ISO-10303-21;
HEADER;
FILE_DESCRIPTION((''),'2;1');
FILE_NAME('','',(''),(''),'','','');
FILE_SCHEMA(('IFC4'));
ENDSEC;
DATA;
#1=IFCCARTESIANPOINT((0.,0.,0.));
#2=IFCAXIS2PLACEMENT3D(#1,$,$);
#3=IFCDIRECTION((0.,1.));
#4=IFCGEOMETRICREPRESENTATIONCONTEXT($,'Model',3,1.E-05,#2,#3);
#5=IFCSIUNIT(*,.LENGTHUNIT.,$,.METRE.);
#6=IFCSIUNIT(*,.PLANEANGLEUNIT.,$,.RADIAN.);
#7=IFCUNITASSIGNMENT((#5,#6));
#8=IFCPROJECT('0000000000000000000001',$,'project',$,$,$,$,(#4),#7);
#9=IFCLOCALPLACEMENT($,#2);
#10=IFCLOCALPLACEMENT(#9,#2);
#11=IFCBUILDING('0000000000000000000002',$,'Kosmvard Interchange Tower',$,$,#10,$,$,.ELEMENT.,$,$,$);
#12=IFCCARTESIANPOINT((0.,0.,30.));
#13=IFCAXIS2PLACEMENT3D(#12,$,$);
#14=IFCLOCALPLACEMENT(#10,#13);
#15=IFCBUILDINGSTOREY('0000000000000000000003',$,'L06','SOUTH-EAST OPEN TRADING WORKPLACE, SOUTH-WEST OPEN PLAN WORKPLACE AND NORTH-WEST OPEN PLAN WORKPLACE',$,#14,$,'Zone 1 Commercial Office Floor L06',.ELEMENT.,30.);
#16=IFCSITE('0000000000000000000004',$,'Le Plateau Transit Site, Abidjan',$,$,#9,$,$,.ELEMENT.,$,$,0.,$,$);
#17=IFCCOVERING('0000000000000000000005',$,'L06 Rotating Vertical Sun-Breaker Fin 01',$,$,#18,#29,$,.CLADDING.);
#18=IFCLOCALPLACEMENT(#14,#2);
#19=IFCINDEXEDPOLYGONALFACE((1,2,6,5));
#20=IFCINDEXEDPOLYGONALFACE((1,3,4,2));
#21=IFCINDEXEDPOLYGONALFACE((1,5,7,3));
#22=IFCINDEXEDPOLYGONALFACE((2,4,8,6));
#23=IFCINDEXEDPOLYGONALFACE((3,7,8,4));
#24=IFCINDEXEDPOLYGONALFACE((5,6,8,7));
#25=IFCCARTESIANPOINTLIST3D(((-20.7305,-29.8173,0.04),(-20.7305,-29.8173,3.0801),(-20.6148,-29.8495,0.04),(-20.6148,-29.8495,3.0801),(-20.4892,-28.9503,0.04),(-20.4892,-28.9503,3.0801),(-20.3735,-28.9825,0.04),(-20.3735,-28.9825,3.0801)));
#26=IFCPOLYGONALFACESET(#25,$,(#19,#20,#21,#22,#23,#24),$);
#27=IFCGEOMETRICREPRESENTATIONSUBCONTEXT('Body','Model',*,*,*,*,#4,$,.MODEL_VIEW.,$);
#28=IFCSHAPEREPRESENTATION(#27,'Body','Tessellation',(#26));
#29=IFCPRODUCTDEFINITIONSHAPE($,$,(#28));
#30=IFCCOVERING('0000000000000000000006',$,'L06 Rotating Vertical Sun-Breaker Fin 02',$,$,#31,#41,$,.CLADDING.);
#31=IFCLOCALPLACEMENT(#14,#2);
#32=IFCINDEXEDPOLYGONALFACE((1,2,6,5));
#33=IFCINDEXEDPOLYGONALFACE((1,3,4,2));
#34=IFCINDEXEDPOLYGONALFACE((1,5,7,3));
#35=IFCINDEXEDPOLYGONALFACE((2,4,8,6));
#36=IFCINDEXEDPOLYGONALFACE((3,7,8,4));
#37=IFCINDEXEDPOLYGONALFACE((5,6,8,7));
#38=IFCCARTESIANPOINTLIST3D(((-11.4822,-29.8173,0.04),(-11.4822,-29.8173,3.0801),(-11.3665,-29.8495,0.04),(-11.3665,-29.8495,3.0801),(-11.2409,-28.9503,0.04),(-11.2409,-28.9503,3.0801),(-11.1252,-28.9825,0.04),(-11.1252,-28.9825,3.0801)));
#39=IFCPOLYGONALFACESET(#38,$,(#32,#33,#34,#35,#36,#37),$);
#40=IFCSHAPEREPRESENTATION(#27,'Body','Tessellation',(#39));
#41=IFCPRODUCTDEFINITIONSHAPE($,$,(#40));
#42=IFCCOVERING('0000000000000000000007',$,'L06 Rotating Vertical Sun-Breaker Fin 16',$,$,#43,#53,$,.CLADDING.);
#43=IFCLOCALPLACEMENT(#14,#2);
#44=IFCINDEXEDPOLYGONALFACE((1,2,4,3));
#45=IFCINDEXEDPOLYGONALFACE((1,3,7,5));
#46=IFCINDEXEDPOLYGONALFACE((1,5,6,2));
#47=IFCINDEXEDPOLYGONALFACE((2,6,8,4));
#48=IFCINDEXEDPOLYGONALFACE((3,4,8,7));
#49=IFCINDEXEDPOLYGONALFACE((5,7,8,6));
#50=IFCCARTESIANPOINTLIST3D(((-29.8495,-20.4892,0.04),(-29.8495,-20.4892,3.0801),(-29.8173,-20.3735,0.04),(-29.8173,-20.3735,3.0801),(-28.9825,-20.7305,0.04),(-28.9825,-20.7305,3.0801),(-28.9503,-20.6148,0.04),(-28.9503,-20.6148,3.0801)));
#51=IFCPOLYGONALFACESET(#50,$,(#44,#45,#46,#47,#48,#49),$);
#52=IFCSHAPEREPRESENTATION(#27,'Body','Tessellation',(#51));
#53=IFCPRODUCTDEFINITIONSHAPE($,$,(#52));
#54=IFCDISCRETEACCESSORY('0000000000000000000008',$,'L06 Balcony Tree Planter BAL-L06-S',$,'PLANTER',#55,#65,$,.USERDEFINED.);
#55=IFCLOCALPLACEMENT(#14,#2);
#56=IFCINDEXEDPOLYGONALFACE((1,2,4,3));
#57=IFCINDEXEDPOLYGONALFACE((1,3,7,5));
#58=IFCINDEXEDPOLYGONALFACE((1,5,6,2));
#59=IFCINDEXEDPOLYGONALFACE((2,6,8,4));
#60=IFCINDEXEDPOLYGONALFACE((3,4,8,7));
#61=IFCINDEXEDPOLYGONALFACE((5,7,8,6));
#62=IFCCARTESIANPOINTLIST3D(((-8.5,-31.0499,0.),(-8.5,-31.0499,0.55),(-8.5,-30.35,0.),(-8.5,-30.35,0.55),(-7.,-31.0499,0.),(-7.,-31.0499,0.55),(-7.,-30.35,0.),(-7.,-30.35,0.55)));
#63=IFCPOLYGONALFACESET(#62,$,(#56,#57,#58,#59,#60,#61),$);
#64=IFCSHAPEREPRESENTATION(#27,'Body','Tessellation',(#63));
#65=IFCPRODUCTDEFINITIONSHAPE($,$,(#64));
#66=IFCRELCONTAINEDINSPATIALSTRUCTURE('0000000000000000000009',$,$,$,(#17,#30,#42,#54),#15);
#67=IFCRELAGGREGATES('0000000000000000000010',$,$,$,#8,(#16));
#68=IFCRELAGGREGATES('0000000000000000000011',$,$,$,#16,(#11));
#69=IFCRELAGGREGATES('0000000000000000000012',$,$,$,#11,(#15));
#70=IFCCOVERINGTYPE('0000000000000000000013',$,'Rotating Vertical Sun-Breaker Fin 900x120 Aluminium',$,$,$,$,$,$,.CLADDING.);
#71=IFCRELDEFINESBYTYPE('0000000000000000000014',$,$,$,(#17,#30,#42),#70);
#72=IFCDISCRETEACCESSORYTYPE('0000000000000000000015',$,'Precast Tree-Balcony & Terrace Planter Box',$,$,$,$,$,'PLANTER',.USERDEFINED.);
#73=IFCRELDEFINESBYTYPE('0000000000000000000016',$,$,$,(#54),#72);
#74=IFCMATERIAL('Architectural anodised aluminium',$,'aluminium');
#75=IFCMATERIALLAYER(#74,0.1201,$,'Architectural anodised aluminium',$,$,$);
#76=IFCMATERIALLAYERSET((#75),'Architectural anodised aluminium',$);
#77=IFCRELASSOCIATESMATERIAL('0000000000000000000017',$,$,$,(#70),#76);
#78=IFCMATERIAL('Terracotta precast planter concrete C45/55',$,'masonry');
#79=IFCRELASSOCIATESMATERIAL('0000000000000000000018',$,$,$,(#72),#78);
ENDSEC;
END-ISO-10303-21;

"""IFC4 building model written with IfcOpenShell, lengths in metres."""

from ifc_helpers import new_model, si_unit, direction, frame, origin, origin_2d, place, context, subcontext, project, spatial, rectangle, extrude, source, transform, mapped, material, layer, layer_set, type_object, element, save


model = new_model("IFC4")

# Units and contexts
model_context = context("Model", 3, precision=1e-05, world=origin(), true_north=direction((0.0, 1.0)))
body_context = subcontext(model_context, "Body", "Model", "MODEL_VIEW")
ifc_project = project(units=[si_unit("LENGTHUNIT", "METRE"), si_unit("PLANEANGLEUNIT", "RADIAN")], contexts=[model_context])

# Site, building, storey
site_placement = place(None, origin())
site = spatial("IfcSite", under=ifc_project, at=site_placement, Name="Le Plateau Transit Site, Abidjan", CompositionType="ELEMENT", RefElevation=0.0)
building_placement = place(site_placement, origin())
building = spatial("IfcBuilding", under=site, at=building_placement, Name="Kosmvard Interchange Tower", CompositionType="ELEMENT")
storey_placement = place(building_placement, frame((0.0, 0.0, 30.0)))
storey = spatial("IfcBuildingStorey", under=building, at=storey_placement, Name="L06", Description="SOUTH-EAST OPEN TRADING WORKPLACE, SOUTH-WEST OPEN PLAN WORKPLACE AND NORTH-WEST OPEN PLAN WORKPLACE", LongName="Zone 1 Commercial Office Floor L06", CompositionType="ELEMENT", Elevation=30.0)

# Coverings
ifc_material_1 = material(Name="Architectural anodised aluminium", Category="aluminium")
ifc_layer_1 = layer(ifc_material_1, 0.1201, Name="Architectural anodised aluminium")
ifc_layer_set_1 = layer_set([ifc_layer_1], Name="Architectural anodised aluminium")
covering_type = type_object("IfcCoveringType", Name="Rotating Vertical Sun-Breaker Fin 900x120 Aluminium", PredefinedType="CLADDING", material=ifc_layer_set_1)
shared_shape_1 = source(origin(), body_context, "Body", "SweptSolid", [
    extrude(rectangle(XDim=0.8999, YDim=0.1201, at=origin_2d()), origin(), (0.0, 0.0, 1.0), 3.04),
])
for number, where, z_axis, x_axis, name in (
    (1, (-20.552, -29.3999, 0.04), (0.0, 0.0, 1.0), (-0.268079, -0.963397, 0.0), "L06 Rotating Vertical Sun-Breaker Fin 01"),
    (2, (-11.3037, -29.3999, 0.04), (0.0, 0.0, 1.0), (-0.268079, -0.963397, 0.0), "L06 Rotating Vertical Sun-Breaker Fin 02"),
    (3, (-29.3999, -20.552, 0.04), (0.0, 0.0, 1.0), (-0.963397, 0.268079, 0.0), "L06 Rotating Vertical Sun-Breaker Fin 16"),
):
    element("IfcCovering", number, at=place(storey_placement, frame(where, z_axis=z_axis, x_axis=x_axis)), inside=storey, type_object=covering_type, Name=name, PredefinedType="CLADDING", context=body_context, shape_type="MappedRepresentation", body=[
        mapped(shared_shape_1, transform((0.0, 0.0, 0.0), scale=1.0)),
    ])

# Discrete accessory
ifc_material_2 = material(Name="Terracotta precast planter concrete C45/55", Category="masonry")
discrete_accessory_type = type_object("IfcDiscreteAccessoryType", Name="Precast Tree-Balcony & Terrace Planter Box", ElementType="PLANTER", PredefinedType="USERDEFINED", material=ifc_material_2)
shared_shape_2 = source(origin(), body_context, "Body", "SweptSolid", [
    extrude(rectangle(XDim=1.5, YDim=0.7, at=origin_2d()), origin(), (0.0, 0.0, 1.0), 0.55),
])
discrete_accessory_placement = place(storey_placement, frame((-7.75, -30.7, 0.0), z_axis=(0.0, 0.0, 1.0), x_axis=(1.0, 0.0, 0.0)))
element("IfcDiscreteAccessory", 4, at=discrete_accessory_placement, inside=storey, type_object=discrete_accessory_type, Name="L06 Balcony Tree Planter BAL-L06-S", ObjectType="PLANTER", PredefinedType="USERDEFINED", context=body_context, shape_type="MappedRepresentation", body=[
    mapped(shared_shape_2, transform((0.0, 0.0, 0.0), scale=1.0)),
])

save(model, "model.ifc")
